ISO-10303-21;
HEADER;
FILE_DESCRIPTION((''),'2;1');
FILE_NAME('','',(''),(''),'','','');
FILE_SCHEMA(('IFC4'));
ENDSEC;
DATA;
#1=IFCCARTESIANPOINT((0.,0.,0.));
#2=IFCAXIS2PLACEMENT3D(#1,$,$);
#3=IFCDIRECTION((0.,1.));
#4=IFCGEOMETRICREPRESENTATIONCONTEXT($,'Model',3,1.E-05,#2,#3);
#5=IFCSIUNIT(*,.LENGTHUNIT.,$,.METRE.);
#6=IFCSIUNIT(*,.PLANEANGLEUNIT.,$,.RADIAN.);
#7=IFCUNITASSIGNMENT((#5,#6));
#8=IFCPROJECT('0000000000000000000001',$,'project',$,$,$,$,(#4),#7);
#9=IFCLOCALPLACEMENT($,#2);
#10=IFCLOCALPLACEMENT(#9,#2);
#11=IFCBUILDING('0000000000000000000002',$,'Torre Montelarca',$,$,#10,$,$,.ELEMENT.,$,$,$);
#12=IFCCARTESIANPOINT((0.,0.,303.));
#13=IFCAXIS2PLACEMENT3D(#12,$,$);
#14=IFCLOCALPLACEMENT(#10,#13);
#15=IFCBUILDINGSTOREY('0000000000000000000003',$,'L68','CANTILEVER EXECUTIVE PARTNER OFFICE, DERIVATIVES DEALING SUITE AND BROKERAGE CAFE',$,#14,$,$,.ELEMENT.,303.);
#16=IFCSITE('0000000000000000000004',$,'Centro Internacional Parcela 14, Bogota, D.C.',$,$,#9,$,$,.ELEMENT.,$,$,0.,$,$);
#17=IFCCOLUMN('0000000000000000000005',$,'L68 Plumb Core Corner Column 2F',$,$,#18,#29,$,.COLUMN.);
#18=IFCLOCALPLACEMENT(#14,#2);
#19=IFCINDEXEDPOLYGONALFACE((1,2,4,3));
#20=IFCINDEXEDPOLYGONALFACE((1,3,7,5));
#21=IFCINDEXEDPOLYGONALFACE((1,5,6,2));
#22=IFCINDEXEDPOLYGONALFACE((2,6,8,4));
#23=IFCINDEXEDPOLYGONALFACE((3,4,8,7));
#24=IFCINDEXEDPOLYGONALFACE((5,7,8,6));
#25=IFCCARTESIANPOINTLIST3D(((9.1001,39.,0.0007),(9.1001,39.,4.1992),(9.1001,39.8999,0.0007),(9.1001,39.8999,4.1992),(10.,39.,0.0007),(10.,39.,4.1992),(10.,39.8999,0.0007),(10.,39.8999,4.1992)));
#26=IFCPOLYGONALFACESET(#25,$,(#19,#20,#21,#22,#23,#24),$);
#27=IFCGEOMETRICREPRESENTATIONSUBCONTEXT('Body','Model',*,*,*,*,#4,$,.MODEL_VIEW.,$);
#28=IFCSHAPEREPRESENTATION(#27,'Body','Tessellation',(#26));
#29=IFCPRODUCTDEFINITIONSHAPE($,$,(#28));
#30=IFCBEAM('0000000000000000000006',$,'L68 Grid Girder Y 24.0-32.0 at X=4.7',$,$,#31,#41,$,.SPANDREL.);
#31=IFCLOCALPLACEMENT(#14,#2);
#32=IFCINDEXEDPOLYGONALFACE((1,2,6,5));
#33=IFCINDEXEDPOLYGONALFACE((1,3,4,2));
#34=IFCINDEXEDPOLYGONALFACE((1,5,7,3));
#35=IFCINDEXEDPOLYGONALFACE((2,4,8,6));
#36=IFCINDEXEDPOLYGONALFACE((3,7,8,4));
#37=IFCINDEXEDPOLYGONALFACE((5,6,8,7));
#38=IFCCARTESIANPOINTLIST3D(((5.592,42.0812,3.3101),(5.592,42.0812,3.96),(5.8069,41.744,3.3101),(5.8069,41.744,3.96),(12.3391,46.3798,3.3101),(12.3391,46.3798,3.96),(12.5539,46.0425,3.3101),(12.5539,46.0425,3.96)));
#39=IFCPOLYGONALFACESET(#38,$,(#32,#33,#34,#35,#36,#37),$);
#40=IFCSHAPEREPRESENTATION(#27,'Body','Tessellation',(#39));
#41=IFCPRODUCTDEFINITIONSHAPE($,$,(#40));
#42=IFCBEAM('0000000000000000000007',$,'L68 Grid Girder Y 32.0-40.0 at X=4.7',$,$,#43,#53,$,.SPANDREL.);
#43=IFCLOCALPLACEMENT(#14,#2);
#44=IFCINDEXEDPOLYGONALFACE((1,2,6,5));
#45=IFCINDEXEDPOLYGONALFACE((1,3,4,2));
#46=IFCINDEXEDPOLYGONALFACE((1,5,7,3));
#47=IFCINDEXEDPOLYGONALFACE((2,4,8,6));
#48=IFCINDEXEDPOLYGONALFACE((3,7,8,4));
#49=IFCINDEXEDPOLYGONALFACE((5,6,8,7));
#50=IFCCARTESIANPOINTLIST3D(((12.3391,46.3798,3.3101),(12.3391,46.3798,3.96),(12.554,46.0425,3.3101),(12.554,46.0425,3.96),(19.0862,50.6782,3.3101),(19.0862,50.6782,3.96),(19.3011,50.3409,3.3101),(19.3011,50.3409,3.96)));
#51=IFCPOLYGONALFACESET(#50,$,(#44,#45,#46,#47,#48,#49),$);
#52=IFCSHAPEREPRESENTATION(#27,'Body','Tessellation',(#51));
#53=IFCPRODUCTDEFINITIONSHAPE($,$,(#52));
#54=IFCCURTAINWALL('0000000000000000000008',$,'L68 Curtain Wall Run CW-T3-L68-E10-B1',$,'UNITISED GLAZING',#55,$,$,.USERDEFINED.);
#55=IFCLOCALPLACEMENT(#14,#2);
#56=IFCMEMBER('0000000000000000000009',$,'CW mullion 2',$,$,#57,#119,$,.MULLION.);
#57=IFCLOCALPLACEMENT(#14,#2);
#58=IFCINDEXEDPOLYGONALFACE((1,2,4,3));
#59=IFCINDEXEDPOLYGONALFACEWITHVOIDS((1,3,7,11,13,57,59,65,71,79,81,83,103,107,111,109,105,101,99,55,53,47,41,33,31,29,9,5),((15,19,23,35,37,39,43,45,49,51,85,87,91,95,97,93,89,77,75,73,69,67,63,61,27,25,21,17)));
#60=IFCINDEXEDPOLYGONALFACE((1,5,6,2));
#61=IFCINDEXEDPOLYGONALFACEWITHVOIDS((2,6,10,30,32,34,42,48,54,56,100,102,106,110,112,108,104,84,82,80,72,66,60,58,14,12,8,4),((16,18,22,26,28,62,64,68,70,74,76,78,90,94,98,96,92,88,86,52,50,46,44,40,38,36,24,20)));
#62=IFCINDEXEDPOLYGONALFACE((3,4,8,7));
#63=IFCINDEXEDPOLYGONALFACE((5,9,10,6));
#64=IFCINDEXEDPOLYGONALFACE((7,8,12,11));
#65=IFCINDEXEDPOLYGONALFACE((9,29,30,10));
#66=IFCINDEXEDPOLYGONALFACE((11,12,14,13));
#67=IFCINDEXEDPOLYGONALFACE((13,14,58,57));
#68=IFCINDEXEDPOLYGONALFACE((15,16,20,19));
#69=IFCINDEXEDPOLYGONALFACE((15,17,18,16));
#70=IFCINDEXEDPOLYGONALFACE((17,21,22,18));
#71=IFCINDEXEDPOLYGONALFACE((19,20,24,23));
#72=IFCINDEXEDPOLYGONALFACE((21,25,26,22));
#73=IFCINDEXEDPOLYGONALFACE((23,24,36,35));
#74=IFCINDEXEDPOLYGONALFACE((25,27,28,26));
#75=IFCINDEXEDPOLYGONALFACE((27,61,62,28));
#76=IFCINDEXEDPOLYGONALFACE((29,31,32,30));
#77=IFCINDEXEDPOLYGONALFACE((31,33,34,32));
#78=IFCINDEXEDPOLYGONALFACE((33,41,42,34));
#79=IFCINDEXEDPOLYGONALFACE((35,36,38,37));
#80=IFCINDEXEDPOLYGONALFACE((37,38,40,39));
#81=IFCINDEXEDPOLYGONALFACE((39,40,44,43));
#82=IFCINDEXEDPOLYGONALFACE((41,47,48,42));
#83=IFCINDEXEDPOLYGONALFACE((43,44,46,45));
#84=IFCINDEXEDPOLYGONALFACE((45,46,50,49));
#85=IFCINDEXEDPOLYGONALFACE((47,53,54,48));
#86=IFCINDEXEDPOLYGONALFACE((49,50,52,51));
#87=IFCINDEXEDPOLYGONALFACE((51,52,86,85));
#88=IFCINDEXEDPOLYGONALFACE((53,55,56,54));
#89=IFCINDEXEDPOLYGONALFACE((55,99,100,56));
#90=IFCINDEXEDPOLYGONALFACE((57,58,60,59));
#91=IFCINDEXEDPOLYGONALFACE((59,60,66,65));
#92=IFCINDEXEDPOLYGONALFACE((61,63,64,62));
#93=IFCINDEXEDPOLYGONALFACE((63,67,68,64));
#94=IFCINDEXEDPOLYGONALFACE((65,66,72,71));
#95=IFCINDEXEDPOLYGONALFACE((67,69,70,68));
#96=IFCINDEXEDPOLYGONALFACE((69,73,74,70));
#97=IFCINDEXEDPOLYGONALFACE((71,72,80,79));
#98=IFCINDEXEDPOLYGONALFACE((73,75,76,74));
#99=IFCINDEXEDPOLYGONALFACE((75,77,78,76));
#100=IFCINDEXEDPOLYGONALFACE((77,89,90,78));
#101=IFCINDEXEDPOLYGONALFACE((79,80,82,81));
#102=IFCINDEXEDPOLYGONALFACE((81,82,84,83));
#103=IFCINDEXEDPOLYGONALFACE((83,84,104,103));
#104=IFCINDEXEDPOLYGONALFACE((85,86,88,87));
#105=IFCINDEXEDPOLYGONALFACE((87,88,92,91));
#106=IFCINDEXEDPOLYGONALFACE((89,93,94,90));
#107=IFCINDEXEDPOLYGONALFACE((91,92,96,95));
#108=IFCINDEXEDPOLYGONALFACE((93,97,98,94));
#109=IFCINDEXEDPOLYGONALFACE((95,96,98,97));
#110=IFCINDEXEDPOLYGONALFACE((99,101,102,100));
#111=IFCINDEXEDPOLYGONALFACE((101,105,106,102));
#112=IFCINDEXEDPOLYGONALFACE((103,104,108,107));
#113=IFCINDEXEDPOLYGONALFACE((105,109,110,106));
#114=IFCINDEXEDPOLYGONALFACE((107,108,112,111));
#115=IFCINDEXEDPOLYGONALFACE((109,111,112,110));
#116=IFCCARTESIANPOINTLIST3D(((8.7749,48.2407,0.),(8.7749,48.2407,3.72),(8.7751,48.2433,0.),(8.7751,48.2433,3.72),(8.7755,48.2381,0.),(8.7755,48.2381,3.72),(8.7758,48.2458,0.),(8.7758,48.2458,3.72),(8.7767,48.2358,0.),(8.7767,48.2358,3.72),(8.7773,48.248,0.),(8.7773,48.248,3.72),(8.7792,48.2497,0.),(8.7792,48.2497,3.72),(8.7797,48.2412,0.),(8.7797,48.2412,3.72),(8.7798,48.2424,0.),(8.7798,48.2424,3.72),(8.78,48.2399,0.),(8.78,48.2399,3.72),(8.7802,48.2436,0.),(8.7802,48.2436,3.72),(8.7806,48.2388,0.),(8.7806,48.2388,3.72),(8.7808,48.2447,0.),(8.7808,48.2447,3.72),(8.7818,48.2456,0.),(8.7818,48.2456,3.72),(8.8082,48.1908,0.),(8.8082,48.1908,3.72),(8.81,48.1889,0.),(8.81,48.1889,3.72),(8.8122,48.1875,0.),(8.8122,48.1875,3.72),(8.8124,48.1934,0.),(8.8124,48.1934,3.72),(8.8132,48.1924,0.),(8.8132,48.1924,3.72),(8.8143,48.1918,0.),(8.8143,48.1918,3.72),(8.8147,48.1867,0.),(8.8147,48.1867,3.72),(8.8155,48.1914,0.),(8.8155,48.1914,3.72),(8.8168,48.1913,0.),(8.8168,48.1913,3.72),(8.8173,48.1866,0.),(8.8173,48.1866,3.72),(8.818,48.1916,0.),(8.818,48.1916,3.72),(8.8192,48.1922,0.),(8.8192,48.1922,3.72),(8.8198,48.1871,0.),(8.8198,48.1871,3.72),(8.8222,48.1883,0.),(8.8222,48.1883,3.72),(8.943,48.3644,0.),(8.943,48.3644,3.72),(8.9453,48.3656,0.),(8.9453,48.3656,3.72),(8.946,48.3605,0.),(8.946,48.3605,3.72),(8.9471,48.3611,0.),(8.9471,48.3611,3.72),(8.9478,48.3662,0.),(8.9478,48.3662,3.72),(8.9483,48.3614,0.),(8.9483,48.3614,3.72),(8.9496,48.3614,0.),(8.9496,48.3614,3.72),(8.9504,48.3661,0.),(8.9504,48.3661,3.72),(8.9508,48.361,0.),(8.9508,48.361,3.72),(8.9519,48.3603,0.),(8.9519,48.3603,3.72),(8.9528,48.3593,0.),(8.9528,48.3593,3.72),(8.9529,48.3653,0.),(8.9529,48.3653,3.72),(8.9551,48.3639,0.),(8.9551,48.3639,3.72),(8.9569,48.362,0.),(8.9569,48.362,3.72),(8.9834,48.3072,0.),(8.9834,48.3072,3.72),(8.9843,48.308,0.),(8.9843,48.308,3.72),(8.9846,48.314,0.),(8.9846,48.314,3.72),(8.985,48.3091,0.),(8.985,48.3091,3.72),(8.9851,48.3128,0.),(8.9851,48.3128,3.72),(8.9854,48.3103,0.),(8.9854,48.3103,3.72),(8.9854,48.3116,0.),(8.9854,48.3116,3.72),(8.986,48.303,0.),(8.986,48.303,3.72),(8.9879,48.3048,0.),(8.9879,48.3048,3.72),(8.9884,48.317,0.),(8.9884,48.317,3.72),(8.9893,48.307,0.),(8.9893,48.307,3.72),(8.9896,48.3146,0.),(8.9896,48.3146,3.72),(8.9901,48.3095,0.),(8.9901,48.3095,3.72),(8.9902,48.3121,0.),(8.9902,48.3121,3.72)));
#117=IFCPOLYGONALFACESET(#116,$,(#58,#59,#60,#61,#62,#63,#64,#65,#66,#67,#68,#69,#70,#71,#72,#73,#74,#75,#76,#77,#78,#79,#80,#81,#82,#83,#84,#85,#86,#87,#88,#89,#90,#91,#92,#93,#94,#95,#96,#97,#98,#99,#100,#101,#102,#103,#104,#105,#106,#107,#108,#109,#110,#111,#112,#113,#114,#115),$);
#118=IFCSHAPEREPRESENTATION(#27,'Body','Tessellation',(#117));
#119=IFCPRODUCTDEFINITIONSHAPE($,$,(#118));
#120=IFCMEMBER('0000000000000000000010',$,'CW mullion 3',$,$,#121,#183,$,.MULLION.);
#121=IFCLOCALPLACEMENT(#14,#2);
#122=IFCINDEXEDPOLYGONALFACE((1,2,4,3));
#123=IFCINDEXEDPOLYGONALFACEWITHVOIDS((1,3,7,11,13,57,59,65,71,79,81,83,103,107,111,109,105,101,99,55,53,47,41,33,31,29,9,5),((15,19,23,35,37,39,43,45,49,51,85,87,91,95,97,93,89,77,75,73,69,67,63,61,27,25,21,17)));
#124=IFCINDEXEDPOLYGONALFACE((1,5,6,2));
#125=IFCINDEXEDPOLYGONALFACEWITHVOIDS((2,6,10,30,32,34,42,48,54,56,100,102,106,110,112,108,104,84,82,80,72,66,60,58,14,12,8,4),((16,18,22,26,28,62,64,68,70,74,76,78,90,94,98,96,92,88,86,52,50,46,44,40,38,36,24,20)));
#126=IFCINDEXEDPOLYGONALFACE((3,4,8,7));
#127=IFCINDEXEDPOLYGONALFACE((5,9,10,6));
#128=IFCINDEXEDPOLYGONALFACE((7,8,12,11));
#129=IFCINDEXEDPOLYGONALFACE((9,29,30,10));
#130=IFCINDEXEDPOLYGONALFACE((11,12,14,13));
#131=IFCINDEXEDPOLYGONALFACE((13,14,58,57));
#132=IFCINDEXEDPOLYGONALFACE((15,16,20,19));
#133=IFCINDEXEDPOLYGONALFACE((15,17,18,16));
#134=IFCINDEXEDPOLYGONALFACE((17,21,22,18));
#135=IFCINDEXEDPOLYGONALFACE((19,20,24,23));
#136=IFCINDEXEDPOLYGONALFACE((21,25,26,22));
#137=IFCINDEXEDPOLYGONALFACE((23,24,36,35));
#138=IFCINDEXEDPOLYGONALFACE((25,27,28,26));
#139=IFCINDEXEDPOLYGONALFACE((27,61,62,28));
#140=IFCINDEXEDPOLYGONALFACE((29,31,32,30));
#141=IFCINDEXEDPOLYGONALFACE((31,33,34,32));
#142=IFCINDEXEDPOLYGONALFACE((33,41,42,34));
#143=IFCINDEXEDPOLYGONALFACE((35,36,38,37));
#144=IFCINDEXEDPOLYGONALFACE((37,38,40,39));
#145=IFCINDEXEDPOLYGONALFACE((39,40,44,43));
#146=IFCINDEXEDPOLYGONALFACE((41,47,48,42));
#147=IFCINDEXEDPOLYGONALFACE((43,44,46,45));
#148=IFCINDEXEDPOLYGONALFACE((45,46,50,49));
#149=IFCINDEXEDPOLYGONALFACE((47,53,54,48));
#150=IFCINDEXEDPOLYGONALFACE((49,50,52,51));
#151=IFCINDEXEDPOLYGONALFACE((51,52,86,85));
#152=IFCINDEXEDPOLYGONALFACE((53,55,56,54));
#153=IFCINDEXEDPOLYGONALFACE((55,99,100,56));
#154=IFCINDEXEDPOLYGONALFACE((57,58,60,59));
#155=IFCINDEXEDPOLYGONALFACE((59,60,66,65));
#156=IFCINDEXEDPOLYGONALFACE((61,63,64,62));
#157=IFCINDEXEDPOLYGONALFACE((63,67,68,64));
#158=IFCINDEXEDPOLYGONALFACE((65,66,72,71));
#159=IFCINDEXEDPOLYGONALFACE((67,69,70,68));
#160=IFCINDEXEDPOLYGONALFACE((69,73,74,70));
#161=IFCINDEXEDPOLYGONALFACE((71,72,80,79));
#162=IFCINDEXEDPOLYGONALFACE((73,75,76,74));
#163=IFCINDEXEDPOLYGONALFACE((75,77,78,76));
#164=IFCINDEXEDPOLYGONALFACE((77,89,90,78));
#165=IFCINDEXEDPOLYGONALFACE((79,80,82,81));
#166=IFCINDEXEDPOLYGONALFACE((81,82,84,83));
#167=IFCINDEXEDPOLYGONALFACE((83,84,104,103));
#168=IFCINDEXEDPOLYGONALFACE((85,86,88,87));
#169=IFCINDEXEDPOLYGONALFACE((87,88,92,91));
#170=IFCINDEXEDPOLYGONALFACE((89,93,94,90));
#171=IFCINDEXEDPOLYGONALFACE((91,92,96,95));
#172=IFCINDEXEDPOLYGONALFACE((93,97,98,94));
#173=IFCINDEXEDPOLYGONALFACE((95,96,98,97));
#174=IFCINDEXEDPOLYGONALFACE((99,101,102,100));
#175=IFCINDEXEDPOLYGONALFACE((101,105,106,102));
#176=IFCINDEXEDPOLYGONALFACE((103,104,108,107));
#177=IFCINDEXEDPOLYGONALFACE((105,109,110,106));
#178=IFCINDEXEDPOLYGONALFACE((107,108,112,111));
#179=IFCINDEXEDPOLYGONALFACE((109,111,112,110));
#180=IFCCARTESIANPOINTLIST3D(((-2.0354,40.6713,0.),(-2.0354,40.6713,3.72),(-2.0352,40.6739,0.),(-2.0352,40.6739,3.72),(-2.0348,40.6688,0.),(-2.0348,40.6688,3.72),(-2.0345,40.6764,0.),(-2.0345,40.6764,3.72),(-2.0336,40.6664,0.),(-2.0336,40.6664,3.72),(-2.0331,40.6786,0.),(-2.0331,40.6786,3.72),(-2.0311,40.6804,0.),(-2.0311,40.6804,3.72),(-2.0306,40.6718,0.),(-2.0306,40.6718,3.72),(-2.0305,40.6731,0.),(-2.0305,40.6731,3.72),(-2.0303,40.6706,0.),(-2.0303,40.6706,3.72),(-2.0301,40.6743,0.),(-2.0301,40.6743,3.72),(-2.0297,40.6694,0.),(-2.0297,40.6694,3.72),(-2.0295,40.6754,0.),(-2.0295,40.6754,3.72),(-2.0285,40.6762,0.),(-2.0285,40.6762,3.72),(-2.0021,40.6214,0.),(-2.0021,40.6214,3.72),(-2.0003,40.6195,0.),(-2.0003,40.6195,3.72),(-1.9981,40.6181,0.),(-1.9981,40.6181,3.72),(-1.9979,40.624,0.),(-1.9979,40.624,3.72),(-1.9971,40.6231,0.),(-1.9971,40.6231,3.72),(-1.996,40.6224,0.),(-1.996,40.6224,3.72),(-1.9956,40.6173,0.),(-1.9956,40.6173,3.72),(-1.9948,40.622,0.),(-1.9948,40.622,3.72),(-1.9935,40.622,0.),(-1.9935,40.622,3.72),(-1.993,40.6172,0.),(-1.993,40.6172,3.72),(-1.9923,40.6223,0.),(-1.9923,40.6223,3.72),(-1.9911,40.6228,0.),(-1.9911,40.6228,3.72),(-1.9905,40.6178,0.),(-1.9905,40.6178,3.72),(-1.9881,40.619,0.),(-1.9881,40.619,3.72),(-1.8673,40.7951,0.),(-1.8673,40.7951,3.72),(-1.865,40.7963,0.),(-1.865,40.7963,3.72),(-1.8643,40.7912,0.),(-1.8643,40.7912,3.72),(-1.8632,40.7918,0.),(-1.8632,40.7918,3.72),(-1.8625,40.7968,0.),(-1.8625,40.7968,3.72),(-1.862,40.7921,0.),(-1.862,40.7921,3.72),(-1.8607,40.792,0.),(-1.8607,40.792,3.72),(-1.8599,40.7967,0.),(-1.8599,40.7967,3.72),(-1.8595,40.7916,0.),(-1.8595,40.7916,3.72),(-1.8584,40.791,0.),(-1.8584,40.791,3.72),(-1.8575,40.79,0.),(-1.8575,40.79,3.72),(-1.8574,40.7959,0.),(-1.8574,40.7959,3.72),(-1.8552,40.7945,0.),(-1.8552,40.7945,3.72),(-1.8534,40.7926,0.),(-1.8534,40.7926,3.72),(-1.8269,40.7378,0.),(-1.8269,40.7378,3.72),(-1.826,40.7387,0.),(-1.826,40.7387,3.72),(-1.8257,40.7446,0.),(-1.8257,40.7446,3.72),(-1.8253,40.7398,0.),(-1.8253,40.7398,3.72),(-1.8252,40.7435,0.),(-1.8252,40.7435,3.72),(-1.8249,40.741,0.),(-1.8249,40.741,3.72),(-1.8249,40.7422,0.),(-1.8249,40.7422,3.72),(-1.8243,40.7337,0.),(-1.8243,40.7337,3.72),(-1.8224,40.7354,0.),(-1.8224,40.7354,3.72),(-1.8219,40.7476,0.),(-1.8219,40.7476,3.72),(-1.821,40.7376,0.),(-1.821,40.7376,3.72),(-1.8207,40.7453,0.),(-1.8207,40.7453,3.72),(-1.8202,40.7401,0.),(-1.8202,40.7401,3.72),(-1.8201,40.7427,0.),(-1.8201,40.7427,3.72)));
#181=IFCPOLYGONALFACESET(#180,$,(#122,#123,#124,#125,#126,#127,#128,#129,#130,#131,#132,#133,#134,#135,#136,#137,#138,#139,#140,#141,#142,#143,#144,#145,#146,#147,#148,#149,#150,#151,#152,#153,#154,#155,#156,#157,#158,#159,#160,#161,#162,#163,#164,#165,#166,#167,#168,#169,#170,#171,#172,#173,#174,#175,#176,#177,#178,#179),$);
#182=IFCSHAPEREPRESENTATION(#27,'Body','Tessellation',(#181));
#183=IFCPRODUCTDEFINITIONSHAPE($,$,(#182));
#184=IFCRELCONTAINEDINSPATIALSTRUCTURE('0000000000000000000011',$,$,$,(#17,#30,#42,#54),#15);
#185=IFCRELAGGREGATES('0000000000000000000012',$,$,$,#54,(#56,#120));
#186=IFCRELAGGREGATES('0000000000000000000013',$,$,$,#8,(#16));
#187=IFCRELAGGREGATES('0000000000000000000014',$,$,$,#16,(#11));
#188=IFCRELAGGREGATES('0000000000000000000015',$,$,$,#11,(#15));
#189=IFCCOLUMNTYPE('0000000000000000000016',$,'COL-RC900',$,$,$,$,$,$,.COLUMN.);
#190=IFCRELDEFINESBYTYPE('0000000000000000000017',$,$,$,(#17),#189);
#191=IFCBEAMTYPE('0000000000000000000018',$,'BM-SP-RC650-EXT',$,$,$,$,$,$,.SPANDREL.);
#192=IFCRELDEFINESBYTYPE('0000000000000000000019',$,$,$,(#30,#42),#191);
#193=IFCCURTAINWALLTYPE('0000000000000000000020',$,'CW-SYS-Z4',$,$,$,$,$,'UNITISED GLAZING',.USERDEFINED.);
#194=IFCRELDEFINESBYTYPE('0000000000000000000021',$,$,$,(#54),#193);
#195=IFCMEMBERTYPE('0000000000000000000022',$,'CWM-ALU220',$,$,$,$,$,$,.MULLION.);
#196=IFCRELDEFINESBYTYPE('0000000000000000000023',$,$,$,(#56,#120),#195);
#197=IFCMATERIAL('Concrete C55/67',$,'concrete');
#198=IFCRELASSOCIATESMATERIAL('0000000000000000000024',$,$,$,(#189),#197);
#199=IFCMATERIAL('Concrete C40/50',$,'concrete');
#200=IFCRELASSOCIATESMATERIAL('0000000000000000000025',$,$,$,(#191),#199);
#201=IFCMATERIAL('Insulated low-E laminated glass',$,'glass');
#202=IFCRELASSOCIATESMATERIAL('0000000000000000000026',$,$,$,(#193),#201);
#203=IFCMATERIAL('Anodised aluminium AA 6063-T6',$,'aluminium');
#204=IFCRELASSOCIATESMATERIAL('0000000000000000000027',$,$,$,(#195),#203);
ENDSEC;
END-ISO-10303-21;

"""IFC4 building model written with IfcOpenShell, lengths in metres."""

from ifc_helpers import new_model, si_unit, direction, frame, origin, origin_2d, place, context, subcontext, project, spatial, rectangle, hollow_rectangle, extrude, source, transform, mapped, material, material_profile, profile_set, type_object, element, aggregate, save


model = new_model("IFC4")

# Units and contexts
model_context = context("Model", 3, precision=1e-05, world=origin(), true_north=direction((0.0, 1.0)))
body_context = subcontext(model_context, "Body", "Model", "MODEL_VIEW")
ifc_project = project(units=[si_unit("LENGTHUNIT", "METRE"), si_unit("PLANEANGLEUNIT", "RADIAN")], contexts=[model_context])

# Site, building, storey
site_placement = place(None, origin())
site = spatial("IfcSite", under=ifc_project, at=site_placement, Name="Centro Internacional Parcela 14, Bogota, D.C.", CompositionType="ELEMENT", RefElevation=0.0)
building_placement = place(site_placement, origin())
building = spatial("IfcBuilding", under=site, at=building_placement, Name="Torre Montelarca", CompositionType="ELEMENT")
storey_placement = place(building_placement, frame((0.0, 0.0, 303.0)))
storey = spatial("IfcBuildingStorey", under=building, at=storey_placement, Name="L68", Description="CANTILEVER EXECUTIVE PARTNER OFFICE, DERIVATIVES DEALING SUITE AND BROKERAGE CAFE", CompositionType="ELEMENT", Elevation=303.0)

# Column
ifc_material_1 = material(Name="Concrete C40/50", Category="concrete")
ifc_material_2 = material(Name="Concrete C55/67", Category="concrete")
ifc_material_profile_1 = material_profile(ifc_material_2, rectangle(XDim=0.8999, YDim=0.8999, at=origin_2d()), Name="RC900X900", Category="concrete")
ifc_profile_set_1 = profile_set([ifc_material_profile_1], Name="Concrete C55/67")
column_type_1 = type_object("IfcColumnType", Name="COL-RC900", PredefinedType="COLUMN", material=ifc_profile_set_1)
shared_shape_1 = source(origin(), body_context, "Body", "SweptSolid", [
    extrude(rectangle(XDim=0.8999, YDim=0.8999, at=origin_2d()), origin(), (0.0, 0.0, 1.0), 4.1985),
])
column_1_placement = place(storey_placement, frame((9.55, 39.45, 0.0007), z_axis=(0.0, 0.0, 1.0), x_axis=(1.0, 0.0, 0.0)))
element("IfcColumn", 1, at=column_1_placement, inside=storey, type_object=column_type_1, Name="L68 Plumb Core Corner Column 2F", PredefinedType="COLUMN", context=body_context, shape_type="MappedRepresentation", body=[
    mapped(shared_shape_1, transform((0.0, 0.0, 0.0), scale=1.0)),
])

# Beams
ifc_material_profile_2 = material_profile(ifc_material_1, rectangle(XDim=0.3999, YDim=0.6499, at=origin_2d()), Name="RCB400X650", Category="concrete")
ifc_profile_set_2 = profile_set([ifc_material_profile_2], Name="Concrete C40/50")
beam_type = type_object("IfcBeamType", Name="BM-SP-RC650-EXT", PredefinedType="SPANDREL", material=ifc_profile_set_2)
shared_shape_2 = source(origin(), body_context, "Body", "SweptSolid", [
    extrude(rectangle(XDim=0.3999, YDim=0.6499, at=origin_2d()), origin(), (0.0, 0.0, 1.0), 8.0),
])
for number, where, z_axis, x_axis, name in (
    (2, (5.6995, 41.9126, 3.635), (0.843379, 0.53732, 0.0), (-0.53732, 0.843379, 0.0), "L68 Grid Girder Y 24.0-32.0 at X=4.7"),
    (3, (12.4465, 46.2112, 3.635), (0.843392, 0.537298, 0.0), (-0.537298, 0.843392, 0.0), "L68 Grid Girder Y 32.0-40.0 at X=4.7"),
):
    element("IfcBeam", number, at=place(storey_placement, frame(where, z_axis=z_axis, x_axis=x_axis)), inside=storey, type_object=beam_type, Name=name, PredefinedType="SPANDREL", context=body_context, shape_type="MappedRepresentation", body=[
        mapped(shared_shape_2, transform((0.0, 0.0, 0.0), scale=1.0)),
    ])

# Curtain wall, members
ifc_material_3 = material(Name="Insulated low-E laminated glass", Category="glass")
curtain_wall_type = type_object("IfcCurtainWallType", Name="CW-SYS-Z4", ElementType="UNITISED GLAZING", PredefinedType="USERDEFINED", material=ifc_material_3)
curtain_wall_1_placement = place(storey_placement, origin())
curtain_wall_1 = element("IfcCurtainWall", 4, at=curtain_wall_1_placement, inside=storey, type_object=curtain_wall_type, Name="L68 Curtain Wall Run CW-T3-L68-E10-B1", ObjectType="UNITISED GLAZING", PredefinedType="USERDEFINED")
ifc_material_4 = material(Name="Anodised aluminium AA 6063-T6", Category="aluminium")
ifc_material_profile_3 = material_profile(ifc_material_4, hollow_rectangle(XDim=0.075, YDim=0.22, WallThickness=0.0049, InnerFilletRadius=0.0049, OuterFilletRadius=0.01, at=origin_2d()), Name="ALU75X220X5", Category="aluminium")
ifc_profile_set_3 = profile_set([ifc_material_profile_3], Name="Anodised aluminium AA 6063-T6")
member_type_1 = type_object("IfcMemberType", Name="CWM-ALU220", PredefinedType="MULLION", material=ifc_profile_set_3)
shared_shape_3 = source(origin(), body_context, "Body", "SweptSolid", [
    extrude(hollow_rectangle(XDim=0.075, YDim=0.22, WallThickness=0.0049, InnerFilletRadius=0.0049, OuterFilletRadius=0.01, at=origin_2d()), origin(), (0.0, 0.0, 1.0), 3.72),
])
member_1_placement = place(storey_placement, frame((8.8826, 48.2764, 0.0), z_axis=(0.0, 0.0, 1.0), x_axis=(0.573572, -0.819155, 0.0)))
member_1 = element("IfcMember", 5, at=member_1_placement, type_object=member_type_1, Name="CW mullion 2", PredefinedType="MULLION", context=body_context, shape_type="MappedRepresentation", body=[
    mapped(shared_shape_3, transform((0.0, 0.0, 0.0), scale=1.0)),
])
member_2_placement = place(storey_placement, frame((-1.9277, 40.707, 0.0), z_axis=(0.0, 0.0, 1.0), x_axis=(0.573572, -0.819155, 0.0)))
member_2 = element("IfcMember", 6, at=member_2_placement, type_object=member_type_1, Name="CW mullion 3", PredefinedType="MULLION", context=body_context, shape_type="MappedRepresentation", body=[
    mapped(shared_shape_3, transform((0.0, 0.0, 0.0), scale=1.0)),
])

aggregate(curtain_wall_1, [member_1, member_2])

save(model, "model.ifc")
